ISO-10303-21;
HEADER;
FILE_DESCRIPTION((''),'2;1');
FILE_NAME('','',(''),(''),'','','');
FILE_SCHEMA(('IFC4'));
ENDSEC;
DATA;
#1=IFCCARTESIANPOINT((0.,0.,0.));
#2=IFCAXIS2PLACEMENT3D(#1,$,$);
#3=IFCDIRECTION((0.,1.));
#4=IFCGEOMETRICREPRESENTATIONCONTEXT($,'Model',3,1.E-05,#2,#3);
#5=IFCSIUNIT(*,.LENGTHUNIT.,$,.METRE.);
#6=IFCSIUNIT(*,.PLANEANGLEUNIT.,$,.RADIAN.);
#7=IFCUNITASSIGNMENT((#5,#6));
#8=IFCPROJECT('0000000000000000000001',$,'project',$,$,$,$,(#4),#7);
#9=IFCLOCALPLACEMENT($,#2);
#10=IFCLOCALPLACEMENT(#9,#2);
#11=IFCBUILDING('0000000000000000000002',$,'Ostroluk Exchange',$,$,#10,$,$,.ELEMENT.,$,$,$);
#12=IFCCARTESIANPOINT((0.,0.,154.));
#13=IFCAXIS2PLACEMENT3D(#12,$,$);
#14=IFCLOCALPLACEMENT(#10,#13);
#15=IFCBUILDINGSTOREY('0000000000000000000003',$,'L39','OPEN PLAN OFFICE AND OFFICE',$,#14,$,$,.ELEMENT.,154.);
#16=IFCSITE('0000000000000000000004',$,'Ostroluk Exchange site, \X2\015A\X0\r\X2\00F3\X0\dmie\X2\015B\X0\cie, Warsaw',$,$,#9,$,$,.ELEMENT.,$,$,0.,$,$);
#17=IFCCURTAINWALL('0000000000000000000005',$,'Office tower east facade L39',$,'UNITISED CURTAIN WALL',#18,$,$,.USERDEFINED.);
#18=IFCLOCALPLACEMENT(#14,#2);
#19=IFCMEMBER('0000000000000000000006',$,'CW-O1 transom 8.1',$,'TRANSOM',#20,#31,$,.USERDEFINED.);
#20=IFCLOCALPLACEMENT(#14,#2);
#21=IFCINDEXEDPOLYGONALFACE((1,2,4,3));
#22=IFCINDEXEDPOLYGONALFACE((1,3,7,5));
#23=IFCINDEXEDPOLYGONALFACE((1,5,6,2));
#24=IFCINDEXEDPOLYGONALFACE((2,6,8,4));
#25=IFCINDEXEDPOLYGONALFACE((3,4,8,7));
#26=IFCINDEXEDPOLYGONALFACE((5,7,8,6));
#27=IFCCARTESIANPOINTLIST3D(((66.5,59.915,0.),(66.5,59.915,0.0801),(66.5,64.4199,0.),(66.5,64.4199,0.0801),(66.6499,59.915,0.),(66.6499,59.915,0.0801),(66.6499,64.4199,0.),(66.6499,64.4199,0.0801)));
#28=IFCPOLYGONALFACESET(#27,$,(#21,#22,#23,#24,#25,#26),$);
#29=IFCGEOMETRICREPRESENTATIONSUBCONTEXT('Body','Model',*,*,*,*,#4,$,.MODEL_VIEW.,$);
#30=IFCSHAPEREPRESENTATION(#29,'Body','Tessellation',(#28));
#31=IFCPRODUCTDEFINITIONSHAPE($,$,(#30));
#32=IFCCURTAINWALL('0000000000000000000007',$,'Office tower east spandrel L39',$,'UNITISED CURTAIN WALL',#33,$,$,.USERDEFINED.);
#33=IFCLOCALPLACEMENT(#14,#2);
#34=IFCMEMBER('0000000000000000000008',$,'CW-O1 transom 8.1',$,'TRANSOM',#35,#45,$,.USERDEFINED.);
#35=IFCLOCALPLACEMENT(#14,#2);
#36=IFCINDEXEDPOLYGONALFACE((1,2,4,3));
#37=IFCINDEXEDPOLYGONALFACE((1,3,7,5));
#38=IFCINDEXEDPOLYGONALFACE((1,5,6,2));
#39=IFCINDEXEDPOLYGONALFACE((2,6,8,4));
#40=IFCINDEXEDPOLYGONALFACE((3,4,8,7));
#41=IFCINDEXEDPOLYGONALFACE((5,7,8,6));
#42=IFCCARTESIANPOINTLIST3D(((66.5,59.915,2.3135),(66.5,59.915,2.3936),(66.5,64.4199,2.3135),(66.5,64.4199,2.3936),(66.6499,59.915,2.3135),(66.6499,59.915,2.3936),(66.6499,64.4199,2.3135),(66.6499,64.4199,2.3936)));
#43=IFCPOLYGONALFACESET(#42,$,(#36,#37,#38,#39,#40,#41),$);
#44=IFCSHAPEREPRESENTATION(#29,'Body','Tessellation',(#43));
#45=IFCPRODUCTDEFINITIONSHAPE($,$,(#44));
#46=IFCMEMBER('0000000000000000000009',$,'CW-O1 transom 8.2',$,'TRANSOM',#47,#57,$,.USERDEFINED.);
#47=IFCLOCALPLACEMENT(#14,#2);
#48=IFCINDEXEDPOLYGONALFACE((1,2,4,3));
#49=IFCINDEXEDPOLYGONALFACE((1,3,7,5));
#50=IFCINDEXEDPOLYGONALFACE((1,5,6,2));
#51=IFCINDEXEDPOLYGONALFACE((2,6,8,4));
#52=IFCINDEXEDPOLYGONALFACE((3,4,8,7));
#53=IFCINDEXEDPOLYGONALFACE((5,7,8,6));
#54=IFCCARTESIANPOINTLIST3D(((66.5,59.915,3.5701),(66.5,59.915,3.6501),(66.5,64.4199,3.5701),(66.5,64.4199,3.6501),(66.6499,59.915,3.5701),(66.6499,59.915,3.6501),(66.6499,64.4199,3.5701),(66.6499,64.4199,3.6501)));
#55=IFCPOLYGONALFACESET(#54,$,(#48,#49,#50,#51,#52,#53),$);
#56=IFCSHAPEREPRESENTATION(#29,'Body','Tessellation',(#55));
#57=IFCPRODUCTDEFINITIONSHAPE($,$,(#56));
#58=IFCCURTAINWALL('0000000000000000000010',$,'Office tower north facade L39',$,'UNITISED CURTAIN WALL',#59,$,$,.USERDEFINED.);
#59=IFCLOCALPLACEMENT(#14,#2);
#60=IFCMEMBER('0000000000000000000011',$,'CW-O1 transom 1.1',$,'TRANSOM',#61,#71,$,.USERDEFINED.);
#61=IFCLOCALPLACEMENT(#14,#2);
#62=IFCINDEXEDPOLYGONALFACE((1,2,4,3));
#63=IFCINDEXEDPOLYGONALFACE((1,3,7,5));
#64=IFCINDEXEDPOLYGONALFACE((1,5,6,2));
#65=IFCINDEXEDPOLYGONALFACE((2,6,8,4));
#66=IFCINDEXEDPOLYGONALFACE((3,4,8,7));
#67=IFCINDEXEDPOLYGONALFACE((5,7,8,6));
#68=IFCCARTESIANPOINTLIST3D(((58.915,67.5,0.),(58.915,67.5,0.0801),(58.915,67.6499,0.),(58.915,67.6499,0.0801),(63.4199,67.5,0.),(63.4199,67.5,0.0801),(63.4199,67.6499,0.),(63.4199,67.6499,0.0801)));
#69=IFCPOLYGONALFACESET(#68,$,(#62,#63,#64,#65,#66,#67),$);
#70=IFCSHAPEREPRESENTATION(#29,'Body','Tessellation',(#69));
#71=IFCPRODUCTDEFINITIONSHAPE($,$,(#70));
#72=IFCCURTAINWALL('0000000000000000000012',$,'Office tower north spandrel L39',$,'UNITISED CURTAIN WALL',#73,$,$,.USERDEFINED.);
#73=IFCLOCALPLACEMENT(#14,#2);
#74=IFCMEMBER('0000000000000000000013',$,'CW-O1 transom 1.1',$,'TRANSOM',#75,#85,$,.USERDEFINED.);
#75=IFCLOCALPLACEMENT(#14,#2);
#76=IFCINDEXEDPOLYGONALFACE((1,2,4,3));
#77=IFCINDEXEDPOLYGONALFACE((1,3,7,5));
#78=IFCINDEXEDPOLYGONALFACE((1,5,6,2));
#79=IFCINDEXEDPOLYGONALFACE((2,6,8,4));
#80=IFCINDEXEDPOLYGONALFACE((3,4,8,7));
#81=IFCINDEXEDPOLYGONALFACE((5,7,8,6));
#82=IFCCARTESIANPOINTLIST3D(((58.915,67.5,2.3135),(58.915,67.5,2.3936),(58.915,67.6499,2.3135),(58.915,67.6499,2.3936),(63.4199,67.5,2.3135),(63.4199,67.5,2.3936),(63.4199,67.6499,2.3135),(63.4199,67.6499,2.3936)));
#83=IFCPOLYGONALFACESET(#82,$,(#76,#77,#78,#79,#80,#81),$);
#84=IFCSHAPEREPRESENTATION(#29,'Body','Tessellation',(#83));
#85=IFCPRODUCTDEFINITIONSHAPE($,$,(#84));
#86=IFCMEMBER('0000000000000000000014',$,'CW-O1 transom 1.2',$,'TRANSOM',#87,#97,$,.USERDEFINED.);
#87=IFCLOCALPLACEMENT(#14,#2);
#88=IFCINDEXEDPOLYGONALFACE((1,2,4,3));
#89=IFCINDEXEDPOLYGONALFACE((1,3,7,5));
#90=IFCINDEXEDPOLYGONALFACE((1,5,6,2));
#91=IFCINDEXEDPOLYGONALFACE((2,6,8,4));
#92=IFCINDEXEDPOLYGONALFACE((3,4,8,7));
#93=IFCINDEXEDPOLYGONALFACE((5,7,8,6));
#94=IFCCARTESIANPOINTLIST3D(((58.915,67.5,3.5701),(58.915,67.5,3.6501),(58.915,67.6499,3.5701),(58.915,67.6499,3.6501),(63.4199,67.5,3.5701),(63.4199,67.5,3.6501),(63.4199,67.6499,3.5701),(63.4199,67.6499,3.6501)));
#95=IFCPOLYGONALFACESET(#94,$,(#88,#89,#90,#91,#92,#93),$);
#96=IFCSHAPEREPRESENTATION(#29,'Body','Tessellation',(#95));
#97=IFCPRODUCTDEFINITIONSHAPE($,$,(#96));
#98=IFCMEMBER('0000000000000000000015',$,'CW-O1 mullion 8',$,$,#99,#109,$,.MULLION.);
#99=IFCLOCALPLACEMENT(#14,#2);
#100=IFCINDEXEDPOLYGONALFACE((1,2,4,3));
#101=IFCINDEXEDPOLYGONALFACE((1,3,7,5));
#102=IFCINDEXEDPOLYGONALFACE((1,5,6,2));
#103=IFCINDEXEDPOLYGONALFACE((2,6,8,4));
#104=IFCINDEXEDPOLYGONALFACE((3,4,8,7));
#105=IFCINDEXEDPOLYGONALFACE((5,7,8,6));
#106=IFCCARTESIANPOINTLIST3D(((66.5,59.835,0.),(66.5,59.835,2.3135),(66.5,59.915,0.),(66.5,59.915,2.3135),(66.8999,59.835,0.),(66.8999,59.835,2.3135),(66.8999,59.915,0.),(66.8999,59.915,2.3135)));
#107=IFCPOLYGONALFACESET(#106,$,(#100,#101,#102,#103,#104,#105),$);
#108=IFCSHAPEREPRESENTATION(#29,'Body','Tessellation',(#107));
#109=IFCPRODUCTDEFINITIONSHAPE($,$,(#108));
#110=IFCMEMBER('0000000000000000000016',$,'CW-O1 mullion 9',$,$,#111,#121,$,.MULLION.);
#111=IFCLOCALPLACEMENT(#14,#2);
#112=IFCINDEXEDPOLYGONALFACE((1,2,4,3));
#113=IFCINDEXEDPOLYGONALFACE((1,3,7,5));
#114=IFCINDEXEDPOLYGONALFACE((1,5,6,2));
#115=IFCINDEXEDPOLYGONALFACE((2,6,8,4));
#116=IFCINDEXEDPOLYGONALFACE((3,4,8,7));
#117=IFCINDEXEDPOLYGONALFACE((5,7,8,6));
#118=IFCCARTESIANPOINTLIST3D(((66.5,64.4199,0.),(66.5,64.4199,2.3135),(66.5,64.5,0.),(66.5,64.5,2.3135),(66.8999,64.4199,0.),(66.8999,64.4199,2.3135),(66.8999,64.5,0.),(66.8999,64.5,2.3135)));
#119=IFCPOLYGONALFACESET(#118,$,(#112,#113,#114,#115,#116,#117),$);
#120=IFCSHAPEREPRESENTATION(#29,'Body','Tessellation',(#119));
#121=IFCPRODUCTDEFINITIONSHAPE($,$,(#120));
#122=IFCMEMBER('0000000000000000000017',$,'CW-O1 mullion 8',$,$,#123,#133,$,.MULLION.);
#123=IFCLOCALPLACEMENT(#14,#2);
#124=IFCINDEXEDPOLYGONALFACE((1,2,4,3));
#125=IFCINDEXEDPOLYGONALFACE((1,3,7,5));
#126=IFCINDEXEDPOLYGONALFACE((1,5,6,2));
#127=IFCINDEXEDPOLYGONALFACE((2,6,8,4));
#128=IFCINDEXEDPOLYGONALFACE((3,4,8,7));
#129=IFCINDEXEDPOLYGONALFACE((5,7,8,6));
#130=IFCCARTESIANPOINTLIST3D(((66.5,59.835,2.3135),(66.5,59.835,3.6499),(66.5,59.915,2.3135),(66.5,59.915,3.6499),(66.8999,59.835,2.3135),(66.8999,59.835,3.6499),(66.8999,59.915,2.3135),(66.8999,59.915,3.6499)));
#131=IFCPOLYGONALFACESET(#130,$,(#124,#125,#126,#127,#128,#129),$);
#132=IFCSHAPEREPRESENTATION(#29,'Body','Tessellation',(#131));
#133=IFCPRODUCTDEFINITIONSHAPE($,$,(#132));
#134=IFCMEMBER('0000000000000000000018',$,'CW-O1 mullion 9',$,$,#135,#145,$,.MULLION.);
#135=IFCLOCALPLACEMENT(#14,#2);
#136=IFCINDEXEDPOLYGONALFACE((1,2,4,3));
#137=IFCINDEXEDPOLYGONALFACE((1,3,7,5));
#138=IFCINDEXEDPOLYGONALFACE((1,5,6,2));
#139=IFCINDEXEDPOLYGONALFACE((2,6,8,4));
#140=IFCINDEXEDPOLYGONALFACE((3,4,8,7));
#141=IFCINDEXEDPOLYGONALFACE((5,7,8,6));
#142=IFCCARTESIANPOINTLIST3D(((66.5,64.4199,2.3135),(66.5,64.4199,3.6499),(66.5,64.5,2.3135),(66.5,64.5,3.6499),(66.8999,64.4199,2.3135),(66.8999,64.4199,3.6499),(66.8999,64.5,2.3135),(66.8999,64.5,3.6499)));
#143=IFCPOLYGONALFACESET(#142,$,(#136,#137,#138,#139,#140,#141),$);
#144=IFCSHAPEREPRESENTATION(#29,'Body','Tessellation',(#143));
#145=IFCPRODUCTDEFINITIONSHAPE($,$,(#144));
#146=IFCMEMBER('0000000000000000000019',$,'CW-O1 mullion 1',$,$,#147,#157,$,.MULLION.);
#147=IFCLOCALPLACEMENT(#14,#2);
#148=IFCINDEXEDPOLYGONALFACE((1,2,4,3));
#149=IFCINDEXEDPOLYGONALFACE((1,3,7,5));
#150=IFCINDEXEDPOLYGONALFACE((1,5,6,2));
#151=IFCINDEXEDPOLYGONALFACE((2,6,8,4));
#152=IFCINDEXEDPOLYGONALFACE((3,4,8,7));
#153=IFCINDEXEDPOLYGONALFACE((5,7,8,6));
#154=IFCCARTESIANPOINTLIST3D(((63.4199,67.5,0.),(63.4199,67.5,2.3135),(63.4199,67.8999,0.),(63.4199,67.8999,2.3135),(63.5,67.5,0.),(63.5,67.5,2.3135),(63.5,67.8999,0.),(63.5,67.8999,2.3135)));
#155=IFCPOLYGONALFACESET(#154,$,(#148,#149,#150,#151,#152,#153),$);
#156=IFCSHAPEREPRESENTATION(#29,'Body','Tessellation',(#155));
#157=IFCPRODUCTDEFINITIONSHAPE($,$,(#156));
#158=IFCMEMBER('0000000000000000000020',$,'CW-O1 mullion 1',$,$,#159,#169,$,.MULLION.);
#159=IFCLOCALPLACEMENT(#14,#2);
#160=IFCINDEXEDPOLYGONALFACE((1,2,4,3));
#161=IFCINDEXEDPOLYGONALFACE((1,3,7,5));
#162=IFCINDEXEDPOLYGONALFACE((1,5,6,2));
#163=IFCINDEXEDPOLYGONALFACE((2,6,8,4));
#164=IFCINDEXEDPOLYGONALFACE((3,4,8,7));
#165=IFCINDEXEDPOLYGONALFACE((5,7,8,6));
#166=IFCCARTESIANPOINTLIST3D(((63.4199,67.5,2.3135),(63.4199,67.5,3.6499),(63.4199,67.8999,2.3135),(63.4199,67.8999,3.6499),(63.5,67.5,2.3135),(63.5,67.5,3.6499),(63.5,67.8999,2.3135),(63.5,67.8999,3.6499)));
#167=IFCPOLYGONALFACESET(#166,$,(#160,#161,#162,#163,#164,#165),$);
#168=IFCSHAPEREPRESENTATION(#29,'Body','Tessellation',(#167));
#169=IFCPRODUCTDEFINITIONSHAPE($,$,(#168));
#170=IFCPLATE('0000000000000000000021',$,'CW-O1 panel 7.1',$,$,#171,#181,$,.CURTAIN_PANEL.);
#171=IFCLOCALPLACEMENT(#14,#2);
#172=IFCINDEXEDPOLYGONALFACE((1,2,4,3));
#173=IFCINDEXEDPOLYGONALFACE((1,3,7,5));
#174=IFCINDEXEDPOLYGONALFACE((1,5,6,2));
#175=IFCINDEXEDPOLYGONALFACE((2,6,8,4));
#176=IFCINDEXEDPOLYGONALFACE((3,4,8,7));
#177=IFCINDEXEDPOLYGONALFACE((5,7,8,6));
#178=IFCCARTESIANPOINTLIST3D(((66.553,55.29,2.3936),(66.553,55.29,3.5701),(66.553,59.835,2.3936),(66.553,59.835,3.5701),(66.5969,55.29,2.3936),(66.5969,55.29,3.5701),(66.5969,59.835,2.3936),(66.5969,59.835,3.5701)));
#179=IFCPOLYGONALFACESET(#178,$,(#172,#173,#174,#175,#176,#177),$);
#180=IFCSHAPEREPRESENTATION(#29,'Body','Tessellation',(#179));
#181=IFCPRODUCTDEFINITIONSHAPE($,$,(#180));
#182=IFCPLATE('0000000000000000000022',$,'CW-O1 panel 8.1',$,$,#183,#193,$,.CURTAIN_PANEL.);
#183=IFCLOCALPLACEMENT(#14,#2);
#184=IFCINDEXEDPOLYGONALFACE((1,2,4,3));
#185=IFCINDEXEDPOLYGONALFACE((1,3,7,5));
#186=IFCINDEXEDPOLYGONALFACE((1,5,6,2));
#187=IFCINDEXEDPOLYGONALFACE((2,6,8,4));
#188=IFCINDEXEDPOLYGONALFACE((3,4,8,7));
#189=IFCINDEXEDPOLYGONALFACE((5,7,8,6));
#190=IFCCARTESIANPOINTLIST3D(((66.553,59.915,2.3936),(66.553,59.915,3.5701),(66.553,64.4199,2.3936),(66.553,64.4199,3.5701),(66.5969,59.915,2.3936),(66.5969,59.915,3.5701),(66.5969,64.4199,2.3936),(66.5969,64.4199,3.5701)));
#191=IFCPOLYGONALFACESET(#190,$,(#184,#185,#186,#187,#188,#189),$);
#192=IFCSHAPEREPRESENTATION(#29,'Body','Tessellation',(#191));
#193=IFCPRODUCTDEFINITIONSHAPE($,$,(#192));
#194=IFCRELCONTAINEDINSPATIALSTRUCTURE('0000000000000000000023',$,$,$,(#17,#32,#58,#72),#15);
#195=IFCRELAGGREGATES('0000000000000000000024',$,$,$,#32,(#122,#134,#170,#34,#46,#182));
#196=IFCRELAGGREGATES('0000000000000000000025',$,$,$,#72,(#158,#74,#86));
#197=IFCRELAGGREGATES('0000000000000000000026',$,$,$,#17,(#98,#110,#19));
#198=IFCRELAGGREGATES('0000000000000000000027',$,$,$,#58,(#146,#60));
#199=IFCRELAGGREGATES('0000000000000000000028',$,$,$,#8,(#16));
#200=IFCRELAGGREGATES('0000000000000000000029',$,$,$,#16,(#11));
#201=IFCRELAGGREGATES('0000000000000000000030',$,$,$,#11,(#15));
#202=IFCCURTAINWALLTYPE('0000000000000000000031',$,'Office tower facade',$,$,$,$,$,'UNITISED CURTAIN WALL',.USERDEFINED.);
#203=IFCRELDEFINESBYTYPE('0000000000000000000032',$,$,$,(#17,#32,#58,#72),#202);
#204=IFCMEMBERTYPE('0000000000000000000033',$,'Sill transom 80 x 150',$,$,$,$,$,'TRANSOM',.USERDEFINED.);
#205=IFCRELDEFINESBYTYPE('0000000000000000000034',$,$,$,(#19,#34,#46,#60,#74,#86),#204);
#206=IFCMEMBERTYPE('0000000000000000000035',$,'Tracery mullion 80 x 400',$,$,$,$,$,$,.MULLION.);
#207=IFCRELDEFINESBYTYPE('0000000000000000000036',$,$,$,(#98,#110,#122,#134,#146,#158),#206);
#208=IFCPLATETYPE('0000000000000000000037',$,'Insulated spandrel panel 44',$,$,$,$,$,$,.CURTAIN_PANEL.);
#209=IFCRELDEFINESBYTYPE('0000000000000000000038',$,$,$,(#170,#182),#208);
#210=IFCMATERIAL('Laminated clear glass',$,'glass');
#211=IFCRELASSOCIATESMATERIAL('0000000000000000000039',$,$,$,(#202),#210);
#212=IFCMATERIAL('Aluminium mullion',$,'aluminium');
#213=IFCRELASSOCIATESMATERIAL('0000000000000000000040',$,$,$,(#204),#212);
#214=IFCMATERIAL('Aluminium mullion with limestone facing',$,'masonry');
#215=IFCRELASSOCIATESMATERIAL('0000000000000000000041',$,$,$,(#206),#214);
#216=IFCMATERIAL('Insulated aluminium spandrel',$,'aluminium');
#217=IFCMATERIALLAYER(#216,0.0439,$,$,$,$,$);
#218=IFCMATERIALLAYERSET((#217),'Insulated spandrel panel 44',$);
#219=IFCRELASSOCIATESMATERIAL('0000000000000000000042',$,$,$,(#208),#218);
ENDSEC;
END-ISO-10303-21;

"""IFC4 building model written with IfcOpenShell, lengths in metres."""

from ifc_helpers import new_model, si_unit, direction, frame, origin, origin_2d, place, context, subcontext, project, spatial, rectangle, extrude, material, layer, layer_set, material_profile, profile_set, type_object, element, aggregate, save


model = new_model("IFC4")

# Units and contexts
model_context = context("Model", 3, precision=1e-05, world=origin(), true_north=direction((0.0, 1.0)))
body_context = subcontext(model_context, "Body", "Model", "MODEL_VIEW")
ifc_project = project(units=[si_unit("LENGTHUNIT", "METRE"), si_unit("PLANEANGLEUNIT", "RADIAN")], contexts=[model_context])

# Site, building, storey
site_placement = place(None, origin())
site = spatial("IfcSite", under=ifc_project, at=site_placement, Name="Ostroluk Exchange site, Śródmieście, Warsaw", CompositionType="ELEMENT", RefElevation=0.0)
building_placement = place(site_placement, origin())
building = spatial("IfcBuilding", under=site, at=building_placement, Name="Ostroluk Exchange", CompositionType="ELEMENT")
storey_placement = place(building_placement, frame((0.0, 0.0, 154.0)))
storey = spatial("IfcBuildingStorey", under=building, at=storey_placement, Name="L39", Description="OPEN PLAN OFFICE AND OFFICE", CompositionType="ELEMENT", Elevation=154.0)

# Curtain wall, member
ifc_material_1 = material(Name="Laminated clear glass", Category="glass")
curtain_wall_type = type_object("IfcCurtainWallType", Name="Office tower facade", ElementType="UNITISED CURTAIN WALL", PredefinedType="USERDEFINED", material=ifc_material_1)
curtain_wall_1_placement = place(storey_placement, origin())
curtain_wall_1 = element("IfcCurtainWall", 1, at=curtain_wall_1_placement, inside=storey, type_object=curtain_wall_type, Name="Office tower east facade L39", ObjectType="UNITISED CURTAIN WALL", PredefinedType="USERDEFINED")
ifc_material_2 = material(Name="Aluminium mullion", Category="aluminium")
ifc_material_profile_1 = material_profile(ifc_material_2, rectangle(XDim=0.1499, YDim=0.0801, at=origin_2d()), Name="Sill transom 80 x 150")
ifc_profile_set_1 = profile_set([ifc_material_profile_1], Name="Aluminium mullion")
member_type_1 = type_object("IfcMemberType", Name="Sill transom 80 x 150", ElementType="TRANSOM", PredefinedType="USERDEFINED", material=ifc_profile_set_1)
member_1_placement = place(storey_placement, frame((66.575, 59.915, 0.04), z_axis=(0.0, 1.0, 0.0), x_axis=(-1.0, 0.0, 0.0)))
member_1 = element("IfcMember", 2, at=member_1_placement, type_object=member_type_1, Name="CW-O1 transom 8.1", ObjectType="TRANSOM", PredefinedType="USERDEFINED", context=body_context, shape_type="SweptSolid", body=[
    extrude(rectangle(XDim=0.1499, YDim=0.0801, at=origin_2d()), origin(), (0.0, 0.0, 1.0), 4.5049),
])

# Curtain wall, members
curtain_wall_2_placement = place(storey_placement, origin())
curtain_wall_2 = element("IfcCurtainWall", 3, at=curtain_wall_2_placement, inside=storey, type_object=curtain_wall_type, Name="Office tower east spandrel L39", ObjectType="UNITISED CURTAIN WALL", PredefinedType="USERDEFINED")
member_2_placement = place(storey_placement, frame((66.575, 59.915, 2.3535), z_axis=(0.0, 1.0, 0.0), x_axis=(-1.0, 0.0, 0.0)))
member_2 = element("IfcMember", 4, at=member_2_placement, type_object=member_type_1, Name="CW-O1 transom 8.1", ObjectType="TRANSOM", PredefinedType="USERDEFINED", context=body_context, shape_type="SweptSolid", body=[
    extrude(rectangle(XDim=0.1499, YDim=0.0801, at=origin_2d()), origin(), (0.0, 0.0, 1.0), 4.5049),
])
member_3_placement = place(storey_placement, frame((66.575, 59.915, 3.6101), z_axis=(0.0, 1.0, 0.0), x_axis=(-1.0, 0.0, 0.0)))
member_3 = element("IfcMember", 5, at=member_3_placement, type_object=member_type_1, Name="CW-O1 transom 8.2", ObjectType="TRANSOM", PredefinedType="USERDEFINED", context=body_context, shape_type="SweptSolid", body=[
    extrude(rectangle(XDim=0.1499, YDim=0.0801, at=origin_2d()), origin(), (0.0, 0.0, 1.0), 4.5049),
])

# Curtain wall, member
curtain_wall_3_placement = place(storey_placement, origin())
curtain_wall_3 = element("IfcCurtainWall", 6, at=curtain_wall_3_placement, inside=storey, type_object=curtain_wall_type, Name="Office tower north facade L39", ObjectType="UNITISED CURTAIN WALL", PredefinedType="USERDEFINED")
member_4_placement = place(storey_placement, frame((63.4199, 67.575, 0.04), z_axis=(-1.0, 0.0, 0.0), x_axis=(0.0, -1.0, 0.0)))
member_4 = element("IfcMember", 7, at=member_4_placement, type_object=member_type_1, Name="CW-O1 transom 1.1", ObjectType="TRANSOM", PredefinedType="USERDEFINED", context=body_context, shape_type="SweptSolid", body=[
    extrude(rectangle(XDim=0.1499, YDim=0.0801, at=origin_2d()), origin(), (0.0, 0.0, 1.0), 4.5049),
])

# Curtain wall, members
curtain_wall_4_placement = place(storey_placement, origin())
curtain_wall_4 = element("IfcCurtainWall", 8, at=curtain_wall_4_placement, inside=storey, type_object=curtain_wall_type, Name="Office tower north spandrel L39", ObjectType="UNITISED CURTAIN WALL", PredefinedType="USERDEFINED")
member_5_placement = place(storey_placement, frame((63.4199, 67.575, 2.3535), z_axis=(-1.0, 0.0, 0.0), x_axis=(0.0, -1.0, 0.0)))
member_5 = element("IfcMember", 9, at=member_5_placement, type_object=member_type_1, Name="CW-O1 transom 1.1", ObjectType="TRANSOM", PredefinedType="USERDEFINED", context=body_context, shape_type="SweptSolid", body=[
    extrude(rectangle(XDim=0.1499, YDim=0.0801, at=origin_2d()), origin(), (0.0, 0.0, 1.0), 4.5049),
])
member_6_placement = place(storey_placement, frame((63.4199, 67.575, 3.6101), z_axis=(-1.0, 0.0, 0.0), x_axis=(0.0, -1.0, 0.0)))
member_6 = element("IfcMember", 10, at=member_6_placement, type_object=member_type_1, Name="CW-O1 transom 1.2", ObjectType="TRANSOM", PredefinedType="USERDEFINED", context=body_context, shape_type="SweptSolid", body=[
    extrude(rectangle(XDim=0.1499, YDim=0.0801, at=origin_2d()), origin(), (0.0, 0.0, 1.0), 4.5049),
])

# Members
ifc_material_3 = material(Name="Aluminium mullion with limestone facing", Category="masonry")
ifc_material_profile_2 = material_profile(ifc_material_3, rectangle(XDim=0.3999, YDim=0.0801, at=origin_2d()), Name="Tracery mullion 80 x 400")
ifc_profile_set_2 = profile_set([ifc_material_profile_2], Name="Aluminium mullion with limestone facing")
member_type_2 = type_object("IfcMemberType", Name="Tracery mullion 80 x 400", PredefinedType="MULLION", material=ifc_profile_set_2)
member_7_placement = place(storey_placement, frame((66.7, 59.875, 0.0), z_axis=(0.0, 0.0, 1.0), x_axis=(-1.0, 0.0, 0.0)))
member_7 = element("IfcMember", 11, at=member_7_placement, type_object=member_type_2, Name="CW-O1 mullion 8", PredefinedType="MULLION", context=body_context, shape_type="SweptSolid", body=[
    extrude(rectangle(XDim=0.3999, YDim=0.0801, at=origin_2d()), origin(), (0.0, 0.0, 1.0), 2.3135),
])
member_8_placement = place(storey_placement, frame((66.7, 64.46, 0.0), z_axis=(0.0, 0.0, 1.0), x_axis=(-1.0, 0.0, 0.0)))
member_8 = element("IfcMember", 12, at=member_8_placement, type_object=member_type_2, Name="CW-O1 mullion 9", PredefinedType="MULLION", context=body_context, shape_type="SweptSolid", body=[
    extrude(rectangle(XDim=0.3999, YDim=0.0801, at=origin_2d()), origin(), (0.0, 0.0, 1.0), 2.3135),
])
member_9_placement = place(storey_placement, frame((66.7, 59.875, 2.3135), z_axis=(0.0, 0.0, 1.0), x_axis=(-1.0, 0.0, 0.0)))
member_9 = element("IfcMember", 13, at=member_9_placement, type_object=member_type_2, Name="CW-O1 mullion 8", PredefinedType="MULLION", context=body_context, shape_type="SweptSolid", body=[
    extrude(rectangle(XDim=0.3999, YDim=0.0801, at=origin_2d()), origin(), (0.0, 0.0, 1.0), 1.3364),
])
member_10_placement = place(storey_placement, frame((66.7, 64.46, 2.3135), z_axis=(0.0, 0.0, 1.0), x_axis=(-1.0, 0.0, 0.0)))
member_10 = element("IfcMember", 14, at=member_10_placement, type_object=member_type_2, Name="CW-O1 mullion 9", PredefinedType="MULLION", context=body_context, shape_type="SweptSolid", body=[
    extrude(rectangle(XDim=0.3999, YDim=0.0801, at=origin_2d()), origin(), (0.0, 0.0, 1.0), 1.3364),
])
member_11_placement = place(storey_placement, frame((63.46, 67.7, 0.0), z_axis=(0.0, 0.0, 1.0), x_axis=(0.0, -1.0, 0.0)))
member_11 = element("IfcMember", 15, at=member_11_placement, type_object=member_type_2, Name="CW-O1 mullion 1", PredefinedType="MULLION", context=body_context, shape_type="SweptSolid", body=[
    extrude(rectangle(XDim=0.3999, YDim=0.0801, at=origin_2d()), origin(), (0.0, 0.0, 1.0), 2.3135),
])
member_12_placement = place(storey_placement, frame((63.46, 67.7, 2.3135), z_axis=(0.0, 0.0, 1.0), x_axis=(0.0, -1.0, 0.0)))
member_12 = element("IfcMember", 16, at=member_12_placement, type_object=member_type_2, Name="CW-O1 mullion 1", PredefinedType="MULLION", context=body_context, shape_type="SweptSolid", body=[
    extrude(rectangle(XDim=0.3999, YDim=0.0801, at=origin_2d()), origin(), (0.0, 0.0, 1.0), 1.3364),
])

# Plates
ifc_material_4 = material(Name="Insulated aluminium spandrel", Category="aluminium")
ifc_layer_1 = layer(ifc_material_4, 0.0439)
ifc_layer_set_1 = layer_set([ifc_layer_1], Name="Insulated spandrel panel 44")
plate_type_1 = type_object("IfcPlateType", Name="Insulated spandrel panel 44", PredefinedType="CURTAIN_PANEL", material=ifc_layer_set_1)
plate_1_placement = place(storey_placement, frame((66.575, 57.5625, 2.3936), z_axis=(0.0, 0.0, 1.0), x_axis=(0.0, 1.0, 0.0)))
plate_1 = element("IfcPlate", 17, at=plate_1_placement, type_object=plate_type_1, Name="CW-O1 panel 7.1", PredefinedType="CURTAIN_PANEL", context=body_context, shape_type="SweptSolid", body=[
    extrude(rectangle(XDim=4.5449, YDim=0.0439, at=origin_2d()), origin(), (0.0, 0.0, 1.0), 1.1765),
])
plate_2_placement = place(storey_placement, frame((66.575, 62.1675, 2.3936), z_axis=(0.0, 0.0, 1.0), x_axis=(0.0, 1.0, 0.0)))
plate_2 = element("IfcPlate", 18, at=plate_2_placement, type_object=plate_type_1, Name="CW-O1 panel 8.1", PredefinedType="CURTAIN_PANEL", context=body_context, shape_type="SweptSolid", body=[
    extrude(rectangle(XDim=4.5049, YDim=0.0439, at=origin_2d()), origin(), (0.0, 0.0, 1.0), 1.1765),
])
aggregate(curtain_wall_2, [member_9, member_10, plate_1, member_2, member_3, plate_2])
aggregate(curtain_wall_4, [member_12, member_5, member_6])
aggregate(curtain_wall_1, [member_7, member_8, member_1])
aggregate(curtain_wall_3, [member_11, member_4])

save(model, "model.ifc")
